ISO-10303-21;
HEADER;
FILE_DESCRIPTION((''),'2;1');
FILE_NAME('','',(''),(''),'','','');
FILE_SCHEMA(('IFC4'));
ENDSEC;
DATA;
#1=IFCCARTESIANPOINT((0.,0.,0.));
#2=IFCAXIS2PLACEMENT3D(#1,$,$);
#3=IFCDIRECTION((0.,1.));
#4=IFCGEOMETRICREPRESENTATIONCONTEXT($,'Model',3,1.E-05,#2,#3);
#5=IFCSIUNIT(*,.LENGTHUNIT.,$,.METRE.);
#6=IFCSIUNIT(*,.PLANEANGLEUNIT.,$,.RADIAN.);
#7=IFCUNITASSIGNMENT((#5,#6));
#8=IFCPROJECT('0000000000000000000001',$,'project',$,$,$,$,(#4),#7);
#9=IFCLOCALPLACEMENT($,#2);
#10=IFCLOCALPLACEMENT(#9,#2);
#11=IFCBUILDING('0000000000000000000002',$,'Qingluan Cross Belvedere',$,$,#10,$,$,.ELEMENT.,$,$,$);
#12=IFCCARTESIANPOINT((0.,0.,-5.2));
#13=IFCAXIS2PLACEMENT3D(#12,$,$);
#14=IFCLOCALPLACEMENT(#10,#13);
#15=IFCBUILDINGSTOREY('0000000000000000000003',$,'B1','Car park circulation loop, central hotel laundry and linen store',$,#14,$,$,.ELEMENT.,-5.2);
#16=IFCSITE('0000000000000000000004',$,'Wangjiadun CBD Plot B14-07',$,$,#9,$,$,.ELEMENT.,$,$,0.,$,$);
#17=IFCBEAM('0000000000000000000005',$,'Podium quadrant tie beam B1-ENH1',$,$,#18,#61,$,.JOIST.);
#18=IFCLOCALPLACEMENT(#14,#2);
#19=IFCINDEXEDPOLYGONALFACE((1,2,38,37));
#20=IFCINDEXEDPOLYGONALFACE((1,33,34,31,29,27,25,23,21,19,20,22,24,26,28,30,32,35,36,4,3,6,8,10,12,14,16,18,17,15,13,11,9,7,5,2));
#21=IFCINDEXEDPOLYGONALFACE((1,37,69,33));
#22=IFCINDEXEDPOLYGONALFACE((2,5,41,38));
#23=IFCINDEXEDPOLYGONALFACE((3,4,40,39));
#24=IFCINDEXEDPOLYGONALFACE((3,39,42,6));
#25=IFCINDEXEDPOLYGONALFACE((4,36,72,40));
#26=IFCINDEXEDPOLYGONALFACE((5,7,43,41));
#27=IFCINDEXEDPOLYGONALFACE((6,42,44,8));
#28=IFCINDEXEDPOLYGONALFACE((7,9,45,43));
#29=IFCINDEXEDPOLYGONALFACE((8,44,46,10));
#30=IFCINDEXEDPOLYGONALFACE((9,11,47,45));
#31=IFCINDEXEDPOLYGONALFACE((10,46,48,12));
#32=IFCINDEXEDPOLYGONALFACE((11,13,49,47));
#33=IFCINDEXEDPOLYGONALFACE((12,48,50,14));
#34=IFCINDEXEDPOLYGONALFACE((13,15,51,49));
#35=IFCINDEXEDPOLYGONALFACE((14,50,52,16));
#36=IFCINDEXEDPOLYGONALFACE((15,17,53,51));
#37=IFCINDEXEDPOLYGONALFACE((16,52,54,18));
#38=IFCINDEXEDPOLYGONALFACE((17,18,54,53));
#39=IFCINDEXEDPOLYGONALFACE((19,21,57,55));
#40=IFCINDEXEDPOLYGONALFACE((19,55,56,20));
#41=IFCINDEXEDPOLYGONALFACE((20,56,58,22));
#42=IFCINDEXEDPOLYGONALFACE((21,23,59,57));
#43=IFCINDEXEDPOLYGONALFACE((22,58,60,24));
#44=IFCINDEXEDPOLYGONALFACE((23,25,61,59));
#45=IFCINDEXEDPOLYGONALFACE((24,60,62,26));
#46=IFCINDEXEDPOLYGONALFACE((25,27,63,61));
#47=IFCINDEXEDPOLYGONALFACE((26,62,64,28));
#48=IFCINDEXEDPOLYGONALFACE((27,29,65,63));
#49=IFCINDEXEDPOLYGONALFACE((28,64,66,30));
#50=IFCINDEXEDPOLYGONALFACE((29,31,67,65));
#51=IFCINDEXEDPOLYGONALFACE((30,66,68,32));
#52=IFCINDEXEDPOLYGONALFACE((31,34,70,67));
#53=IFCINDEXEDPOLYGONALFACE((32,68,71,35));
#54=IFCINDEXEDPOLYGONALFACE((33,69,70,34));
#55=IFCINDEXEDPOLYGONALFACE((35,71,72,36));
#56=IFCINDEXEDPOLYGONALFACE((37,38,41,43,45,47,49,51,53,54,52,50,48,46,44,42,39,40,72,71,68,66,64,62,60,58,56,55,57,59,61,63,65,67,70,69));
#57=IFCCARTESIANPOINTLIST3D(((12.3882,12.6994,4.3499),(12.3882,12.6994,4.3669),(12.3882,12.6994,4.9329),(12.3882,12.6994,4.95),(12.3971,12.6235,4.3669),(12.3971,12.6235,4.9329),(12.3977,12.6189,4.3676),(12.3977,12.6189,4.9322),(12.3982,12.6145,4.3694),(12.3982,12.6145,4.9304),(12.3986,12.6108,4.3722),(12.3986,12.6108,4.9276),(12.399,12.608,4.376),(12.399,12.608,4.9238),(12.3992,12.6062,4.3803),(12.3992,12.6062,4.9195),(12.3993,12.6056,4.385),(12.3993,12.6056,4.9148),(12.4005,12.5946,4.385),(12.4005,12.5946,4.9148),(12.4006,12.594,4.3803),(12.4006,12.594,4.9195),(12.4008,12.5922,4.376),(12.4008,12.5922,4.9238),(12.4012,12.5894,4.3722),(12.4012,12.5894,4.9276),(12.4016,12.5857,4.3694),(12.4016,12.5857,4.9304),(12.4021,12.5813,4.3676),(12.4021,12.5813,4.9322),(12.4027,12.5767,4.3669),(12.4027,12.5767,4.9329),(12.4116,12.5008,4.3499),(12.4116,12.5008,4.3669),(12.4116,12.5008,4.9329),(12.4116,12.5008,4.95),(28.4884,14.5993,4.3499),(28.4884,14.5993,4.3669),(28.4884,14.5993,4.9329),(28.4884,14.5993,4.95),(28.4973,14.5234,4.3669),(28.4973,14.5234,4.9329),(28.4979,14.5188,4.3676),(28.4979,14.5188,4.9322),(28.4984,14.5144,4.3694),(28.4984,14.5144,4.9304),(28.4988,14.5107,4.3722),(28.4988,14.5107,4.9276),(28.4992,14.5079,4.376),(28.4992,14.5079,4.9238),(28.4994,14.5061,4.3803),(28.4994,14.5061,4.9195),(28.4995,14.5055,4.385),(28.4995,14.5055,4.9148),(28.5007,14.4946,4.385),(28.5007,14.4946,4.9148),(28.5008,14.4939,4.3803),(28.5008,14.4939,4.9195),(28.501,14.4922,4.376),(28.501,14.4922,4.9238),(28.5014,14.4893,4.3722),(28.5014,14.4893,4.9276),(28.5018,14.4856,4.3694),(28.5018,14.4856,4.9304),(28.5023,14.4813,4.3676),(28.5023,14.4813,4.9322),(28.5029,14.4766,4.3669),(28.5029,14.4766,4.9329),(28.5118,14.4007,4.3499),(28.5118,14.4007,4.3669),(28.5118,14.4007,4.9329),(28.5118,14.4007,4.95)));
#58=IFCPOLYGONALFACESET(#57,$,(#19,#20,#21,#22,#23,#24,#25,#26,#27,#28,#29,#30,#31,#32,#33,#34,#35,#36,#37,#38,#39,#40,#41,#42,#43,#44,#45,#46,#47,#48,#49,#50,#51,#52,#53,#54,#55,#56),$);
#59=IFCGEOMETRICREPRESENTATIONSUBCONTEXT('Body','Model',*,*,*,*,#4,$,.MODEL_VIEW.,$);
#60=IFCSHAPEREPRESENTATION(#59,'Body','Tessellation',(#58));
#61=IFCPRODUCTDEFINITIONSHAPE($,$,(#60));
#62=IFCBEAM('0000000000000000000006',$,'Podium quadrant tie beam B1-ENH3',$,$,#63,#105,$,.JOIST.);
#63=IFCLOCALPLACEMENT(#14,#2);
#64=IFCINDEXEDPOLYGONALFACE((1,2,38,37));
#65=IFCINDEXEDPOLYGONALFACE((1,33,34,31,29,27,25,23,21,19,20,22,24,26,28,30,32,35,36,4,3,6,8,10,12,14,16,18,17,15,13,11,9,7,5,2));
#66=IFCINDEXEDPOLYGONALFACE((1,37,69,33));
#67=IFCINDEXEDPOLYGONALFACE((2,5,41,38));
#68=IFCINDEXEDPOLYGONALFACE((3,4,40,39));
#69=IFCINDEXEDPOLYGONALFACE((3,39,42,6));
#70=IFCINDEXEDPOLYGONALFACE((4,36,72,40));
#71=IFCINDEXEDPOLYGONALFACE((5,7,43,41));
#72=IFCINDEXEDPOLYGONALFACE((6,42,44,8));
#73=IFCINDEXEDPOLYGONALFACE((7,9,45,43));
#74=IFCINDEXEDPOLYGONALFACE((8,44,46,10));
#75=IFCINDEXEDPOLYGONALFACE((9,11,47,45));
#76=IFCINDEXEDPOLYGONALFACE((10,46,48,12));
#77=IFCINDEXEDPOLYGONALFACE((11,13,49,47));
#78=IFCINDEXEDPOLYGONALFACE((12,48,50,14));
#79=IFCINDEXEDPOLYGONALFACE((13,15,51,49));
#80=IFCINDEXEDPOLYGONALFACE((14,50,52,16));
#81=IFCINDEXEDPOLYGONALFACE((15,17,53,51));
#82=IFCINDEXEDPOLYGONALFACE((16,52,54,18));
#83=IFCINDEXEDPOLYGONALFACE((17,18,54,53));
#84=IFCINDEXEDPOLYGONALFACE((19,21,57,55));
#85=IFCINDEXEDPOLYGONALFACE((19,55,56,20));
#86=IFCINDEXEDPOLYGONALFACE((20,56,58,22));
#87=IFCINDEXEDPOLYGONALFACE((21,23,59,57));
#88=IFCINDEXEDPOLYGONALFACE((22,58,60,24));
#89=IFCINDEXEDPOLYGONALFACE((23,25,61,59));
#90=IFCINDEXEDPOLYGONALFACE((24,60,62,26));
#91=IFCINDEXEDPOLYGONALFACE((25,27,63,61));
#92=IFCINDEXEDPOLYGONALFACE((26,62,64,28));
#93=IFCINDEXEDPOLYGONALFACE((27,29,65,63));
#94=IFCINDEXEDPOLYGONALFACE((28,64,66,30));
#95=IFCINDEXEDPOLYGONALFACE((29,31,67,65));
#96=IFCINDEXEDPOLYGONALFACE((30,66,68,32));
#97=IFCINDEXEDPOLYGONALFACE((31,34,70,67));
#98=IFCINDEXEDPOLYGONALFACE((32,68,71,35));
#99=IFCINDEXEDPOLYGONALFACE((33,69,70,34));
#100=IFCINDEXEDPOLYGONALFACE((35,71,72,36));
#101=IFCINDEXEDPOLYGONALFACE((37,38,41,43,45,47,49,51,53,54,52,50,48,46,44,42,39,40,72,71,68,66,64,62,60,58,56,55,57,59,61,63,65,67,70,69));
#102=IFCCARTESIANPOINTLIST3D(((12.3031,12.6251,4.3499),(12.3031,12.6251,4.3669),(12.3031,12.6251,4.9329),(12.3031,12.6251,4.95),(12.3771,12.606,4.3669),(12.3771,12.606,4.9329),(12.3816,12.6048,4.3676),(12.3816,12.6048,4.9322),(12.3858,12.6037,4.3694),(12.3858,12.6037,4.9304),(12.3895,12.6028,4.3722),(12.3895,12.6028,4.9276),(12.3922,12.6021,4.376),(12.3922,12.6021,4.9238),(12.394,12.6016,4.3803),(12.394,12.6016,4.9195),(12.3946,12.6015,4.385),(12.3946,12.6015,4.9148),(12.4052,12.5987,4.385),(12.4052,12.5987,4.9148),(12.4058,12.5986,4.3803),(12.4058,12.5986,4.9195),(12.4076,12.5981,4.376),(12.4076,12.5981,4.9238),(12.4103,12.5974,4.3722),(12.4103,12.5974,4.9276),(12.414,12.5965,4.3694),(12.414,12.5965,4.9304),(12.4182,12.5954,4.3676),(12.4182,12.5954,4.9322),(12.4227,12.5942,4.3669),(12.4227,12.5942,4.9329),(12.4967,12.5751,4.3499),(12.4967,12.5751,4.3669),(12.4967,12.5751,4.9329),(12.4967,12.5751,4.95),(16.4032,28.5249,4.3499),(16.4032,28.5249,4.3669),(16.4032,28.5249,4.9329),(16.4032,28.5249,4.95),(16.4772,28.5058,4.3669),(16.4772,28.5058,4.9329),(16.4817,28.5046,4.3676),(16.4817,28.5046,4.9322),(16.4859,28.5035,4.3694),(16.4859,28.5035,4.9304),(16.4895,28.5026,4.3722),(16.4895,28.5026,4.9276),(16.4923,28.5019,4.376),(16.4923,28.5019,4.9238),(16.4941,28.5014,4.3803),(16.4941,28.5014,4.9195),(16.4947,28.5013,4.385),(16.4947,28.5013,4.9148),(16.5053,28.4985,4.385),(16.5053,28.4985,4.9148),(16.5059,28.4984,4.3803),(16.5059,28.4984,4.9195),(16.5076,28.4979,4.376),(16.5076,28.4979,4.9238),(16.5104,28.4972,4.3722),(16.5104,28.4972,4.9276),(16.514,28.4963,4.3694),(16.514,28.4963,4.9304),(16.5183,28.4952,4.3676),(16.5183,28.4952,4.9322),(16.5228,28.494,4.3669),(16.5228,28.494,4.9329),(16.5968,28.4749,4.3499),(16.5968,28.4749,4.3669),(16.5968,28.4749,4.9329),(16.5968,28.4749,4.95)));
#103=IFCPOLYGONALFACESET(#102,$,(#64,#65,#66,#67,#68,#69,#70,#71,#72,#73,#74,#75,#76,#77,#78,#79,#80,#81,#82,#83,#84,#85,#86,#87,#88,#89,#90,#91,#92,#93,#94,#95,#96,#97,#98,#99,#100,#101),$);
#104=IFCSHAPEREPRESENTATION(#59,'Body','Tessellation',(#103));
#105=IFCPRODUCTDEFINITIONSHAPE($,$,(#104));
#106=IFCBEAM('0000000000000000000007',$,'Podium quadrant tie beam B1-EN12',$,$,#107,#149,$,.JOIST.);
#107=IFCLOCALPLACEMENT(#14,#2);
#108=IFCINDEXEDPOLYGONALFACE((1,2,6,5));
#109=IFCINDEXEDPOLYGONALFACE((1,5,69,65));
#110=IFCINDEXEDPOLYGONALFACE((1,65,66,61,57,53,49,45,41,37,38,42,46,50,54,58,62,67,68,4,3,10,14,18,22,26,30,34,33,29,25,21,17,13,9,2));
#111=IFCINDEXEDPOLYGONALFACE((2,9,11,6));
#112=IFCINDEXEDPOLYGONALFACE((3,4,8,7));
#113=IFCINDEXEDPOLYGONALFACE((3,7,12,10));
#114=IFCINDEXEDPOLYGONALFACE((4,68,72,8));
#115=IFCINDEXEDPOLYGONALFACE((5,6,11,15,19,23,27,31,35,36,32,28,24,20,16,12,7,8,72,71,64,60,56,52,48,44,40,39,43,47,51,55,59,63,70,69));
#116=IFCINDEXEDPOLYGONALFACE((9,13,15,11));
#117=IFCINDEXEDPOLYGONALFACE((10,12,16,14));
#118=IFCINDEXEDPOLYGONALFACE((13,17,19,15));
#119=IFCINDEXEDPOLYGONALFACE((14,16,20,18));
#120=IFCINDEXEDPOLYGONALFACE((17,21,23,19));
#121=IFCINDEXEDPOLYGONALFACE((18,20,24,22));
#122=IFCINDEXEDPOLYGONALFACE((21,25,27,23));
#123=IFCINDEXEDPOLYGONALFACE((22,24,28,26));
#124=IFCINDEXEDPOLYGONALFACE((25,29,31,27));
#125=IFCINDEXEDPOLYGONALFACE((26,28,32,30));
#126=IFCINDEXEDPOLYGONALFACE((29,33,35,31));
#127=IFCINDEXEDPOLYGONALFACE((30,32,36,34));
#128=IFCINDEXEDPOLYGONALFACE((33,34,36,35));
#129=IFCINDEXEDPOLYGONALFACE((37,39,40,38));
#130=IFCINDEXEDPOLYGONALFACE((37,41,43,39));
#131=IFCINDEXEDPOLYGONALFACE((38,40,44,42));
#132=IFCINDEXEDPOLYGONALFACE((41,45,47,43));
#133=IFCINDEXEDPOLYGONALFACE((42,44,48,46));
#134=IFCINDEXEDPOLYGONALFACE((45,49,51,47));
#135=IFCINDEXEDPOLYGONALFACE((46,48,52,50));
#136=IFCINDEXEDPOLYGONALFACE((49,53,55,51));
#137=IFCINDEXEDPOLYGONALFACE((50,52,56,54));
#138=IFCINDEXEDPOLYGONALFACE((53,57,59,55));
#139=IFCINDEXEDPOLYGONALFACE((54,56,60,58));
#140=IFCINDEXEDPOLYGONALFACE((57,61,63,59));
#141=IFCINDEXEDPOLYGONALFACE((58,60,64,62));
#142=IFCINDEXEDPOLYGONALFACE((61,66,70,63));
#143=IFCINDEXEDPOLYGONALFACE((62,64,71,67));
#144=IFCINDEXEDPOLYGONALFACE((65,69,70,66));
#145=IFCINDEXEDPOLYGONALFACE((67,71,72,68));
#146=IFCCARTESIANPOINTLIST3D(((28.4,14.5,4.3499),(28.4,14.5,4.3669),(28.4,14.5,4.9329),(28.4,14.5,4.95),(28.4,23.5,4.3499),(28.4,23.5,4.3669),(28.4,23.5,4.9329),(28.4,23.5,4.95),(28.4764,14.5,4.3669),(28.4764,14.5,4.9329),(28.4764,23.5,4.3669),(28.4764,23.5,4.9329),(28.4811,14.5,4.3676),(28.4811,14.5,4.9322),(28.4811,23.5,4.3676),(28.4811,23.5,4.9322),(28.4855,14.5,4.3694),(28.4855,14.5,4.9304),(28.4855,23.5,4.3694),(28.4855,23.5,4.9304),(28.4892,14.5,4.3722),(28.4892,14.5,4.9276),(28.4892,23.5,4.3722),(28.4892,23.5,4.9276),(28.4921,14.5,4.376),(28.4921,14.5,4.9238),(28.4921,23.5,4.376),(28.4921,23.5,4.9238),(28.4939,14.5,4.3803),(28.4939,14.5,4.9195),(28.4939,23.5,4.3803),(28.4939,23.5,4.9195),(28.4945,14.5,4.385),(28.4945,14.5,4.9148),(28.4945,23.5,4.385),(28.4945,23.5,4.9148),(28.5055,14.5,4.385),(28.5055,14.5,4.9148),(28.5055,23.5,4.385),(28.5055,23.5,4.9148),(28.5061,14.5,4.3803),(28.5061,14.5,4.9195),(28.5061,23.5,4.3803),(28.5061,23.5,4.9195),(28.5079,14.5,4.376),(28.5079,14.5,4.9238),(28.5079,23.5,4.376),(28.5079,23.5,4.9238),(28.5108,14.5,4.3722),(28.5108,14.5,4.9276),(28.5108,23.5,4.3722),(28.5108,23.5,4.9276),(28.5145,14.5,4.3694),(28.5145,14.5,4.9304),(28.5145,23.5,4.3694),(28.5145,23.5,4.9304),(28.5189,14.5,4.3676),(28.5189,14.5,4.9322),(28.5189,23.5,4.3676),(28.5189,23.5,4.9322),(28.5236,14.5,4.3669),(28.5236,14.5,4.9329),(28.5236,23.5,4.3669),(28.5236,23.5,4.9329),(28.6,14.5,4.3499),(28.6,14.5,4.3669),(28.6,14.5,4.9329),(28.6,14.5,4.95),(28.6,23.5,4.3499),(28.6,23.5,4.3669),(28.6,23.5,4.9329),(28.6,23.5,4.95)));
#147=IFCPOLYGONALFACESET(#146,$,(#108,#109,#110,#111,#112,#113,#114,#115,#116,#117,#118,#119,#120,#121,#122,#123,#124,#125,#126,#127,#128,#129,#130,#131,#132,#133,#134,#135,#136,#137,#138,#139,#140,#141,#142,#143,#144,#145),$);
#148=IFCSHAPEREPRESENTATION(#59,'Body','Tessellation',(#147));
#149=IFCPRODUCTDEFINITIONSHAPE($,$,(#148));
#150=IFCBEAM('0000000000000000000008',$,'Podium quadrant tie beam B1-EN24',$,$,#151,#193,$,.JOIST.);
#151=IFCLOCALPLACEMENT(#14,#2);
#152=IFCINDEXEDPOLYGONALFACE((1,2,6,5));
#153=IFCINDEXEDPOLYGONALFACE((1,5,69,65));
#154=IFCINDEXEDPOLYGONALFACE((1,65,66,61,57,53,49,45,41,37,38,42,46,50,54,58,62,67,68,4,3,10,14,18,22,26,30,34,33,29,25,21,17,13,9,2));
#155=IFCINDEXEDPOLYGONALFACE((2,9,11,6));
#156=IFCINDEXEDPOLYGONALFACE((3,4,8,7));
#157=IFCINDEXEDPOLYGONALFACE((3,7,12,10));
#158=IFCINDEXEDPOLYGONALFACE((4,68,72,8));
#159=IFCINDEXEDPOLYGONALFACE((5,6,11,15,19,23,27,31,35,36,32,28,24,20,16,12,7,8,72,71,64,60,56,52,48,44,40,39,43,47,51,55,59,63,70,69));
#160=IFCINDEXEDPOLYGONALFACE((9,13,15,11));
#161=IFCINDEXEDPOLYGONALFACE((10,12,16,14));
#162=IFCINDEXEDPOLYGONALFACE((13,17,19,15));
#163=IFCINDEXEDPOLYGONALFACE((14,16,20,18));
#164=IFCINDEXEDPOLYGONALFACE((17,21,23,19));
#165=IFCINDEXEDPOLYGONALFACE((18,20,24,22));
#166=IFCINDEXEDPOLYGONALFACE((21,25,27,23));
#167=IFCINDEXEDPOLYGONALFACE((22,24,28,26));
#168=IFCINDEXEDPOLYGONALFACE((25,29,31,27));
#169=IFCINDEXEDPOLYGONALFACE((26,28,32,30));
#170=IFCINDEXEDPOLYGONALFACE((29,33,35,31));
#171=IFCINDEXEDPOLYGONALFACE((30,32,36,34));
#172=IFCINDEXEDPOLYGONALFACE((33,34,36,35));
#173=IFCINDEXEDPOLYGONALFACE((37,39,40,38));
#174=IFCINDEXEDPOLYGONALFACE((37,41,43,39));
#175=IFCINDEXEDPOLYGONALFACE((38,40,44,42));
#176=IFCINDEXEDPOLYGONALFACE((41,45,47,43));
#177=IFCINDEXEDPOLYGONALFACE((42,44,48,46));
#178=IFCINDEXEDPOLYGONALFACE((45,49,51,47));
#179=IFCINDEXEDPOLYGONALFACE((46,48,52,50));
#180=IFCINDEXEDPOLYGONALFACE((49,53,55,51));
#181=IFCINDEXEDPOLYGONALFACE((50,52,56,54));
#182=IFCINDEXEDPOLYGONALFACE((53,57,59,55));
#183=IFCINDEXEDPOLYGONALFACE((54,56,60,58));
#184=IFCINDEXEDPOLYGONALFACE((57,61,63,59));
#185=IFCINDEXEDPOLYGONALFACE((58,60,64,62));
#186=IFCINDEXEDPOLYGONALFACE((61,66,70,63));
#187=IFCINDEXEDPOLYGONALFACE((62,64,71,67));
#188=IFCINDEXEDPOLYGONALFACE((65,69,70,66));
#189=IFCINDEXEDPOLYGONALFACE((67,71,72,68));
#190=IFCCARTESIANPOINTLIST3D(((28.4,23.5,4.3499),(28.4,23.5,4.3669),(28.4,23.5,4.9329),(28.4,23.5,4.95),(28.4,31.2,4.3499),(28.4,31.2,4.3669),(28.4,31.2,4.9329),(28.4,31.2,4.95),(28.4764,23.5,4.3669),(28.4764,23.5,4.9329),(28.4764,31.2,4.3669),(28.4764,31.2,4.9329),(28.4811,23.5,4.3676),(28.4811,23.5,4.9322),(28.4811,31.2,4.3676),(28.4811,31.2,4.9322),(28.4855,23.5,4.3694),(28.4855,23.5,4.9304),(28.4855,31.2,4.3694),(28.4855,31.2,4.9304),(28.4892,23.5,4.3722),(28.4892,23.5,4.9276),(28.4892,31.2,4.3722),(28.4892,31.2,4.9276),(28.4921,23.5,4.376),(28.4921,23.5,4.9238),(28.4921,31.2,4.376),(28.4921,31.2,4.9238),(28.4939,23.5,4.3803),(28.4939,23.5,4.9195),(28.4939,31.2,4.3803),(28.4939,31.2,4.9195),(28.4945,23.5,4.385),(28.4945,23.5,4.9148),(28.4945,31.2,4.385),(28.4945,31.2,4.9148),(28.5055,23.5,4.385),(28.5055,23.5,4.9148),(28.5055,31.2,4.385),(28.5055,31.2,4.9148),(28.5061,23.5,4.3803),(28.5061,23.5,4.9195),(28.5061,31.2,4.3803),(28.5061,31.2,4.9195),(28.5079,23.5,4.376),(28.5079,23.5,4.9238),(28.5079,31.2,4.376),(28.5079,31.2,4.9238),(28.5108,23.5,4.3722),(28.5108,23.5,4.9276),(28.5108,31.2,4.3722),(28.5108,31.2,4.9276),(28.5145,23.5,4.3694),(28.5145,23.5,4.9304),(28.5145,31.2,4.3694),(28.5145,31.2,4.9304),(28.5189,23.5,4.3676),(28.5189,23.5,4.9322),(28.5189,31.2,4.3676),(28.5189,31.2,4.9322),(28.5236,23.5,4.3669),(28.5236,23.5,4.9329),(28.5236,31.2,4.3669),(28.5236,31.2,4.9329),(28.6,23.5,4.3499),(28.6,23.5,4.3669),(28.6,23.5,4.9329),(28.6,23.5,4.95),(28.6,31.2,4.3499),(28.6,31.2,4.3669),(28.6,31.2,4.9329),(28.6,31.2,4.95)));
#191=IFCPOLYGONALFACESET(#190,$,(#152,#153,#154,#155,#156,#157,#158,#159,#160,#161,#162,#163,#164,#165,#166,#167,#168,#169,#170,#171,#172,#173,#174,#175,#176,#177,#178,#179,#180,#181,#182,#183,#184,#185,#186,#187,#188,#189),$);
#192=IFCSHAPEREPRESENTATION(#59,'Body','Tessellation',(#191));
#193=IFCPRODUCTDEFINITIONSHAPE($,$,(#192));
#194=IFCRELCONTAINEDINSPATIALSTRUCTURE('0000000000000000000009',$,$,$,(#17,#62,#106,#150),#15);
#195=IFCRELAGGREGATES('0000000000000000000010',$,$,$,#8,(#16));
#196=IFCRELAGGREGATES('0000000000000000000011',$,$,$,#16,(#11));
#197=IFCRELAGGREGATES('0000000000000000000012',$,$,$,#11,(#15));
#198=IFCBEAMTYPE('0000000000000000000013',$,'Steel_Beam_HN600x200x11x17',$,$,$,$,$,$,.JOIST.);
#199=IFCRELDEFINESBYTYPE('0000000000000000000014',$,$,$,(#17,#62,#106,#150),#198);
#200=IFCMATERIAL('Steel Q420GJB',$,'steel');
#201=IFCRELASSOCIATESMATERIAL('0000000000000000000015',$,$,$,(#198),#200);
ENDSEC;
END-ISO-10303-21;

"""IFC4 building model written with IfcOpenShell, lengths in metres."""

from ifc_helpers import new_model, si_unit, direction, frame, origin, origin_2d, place, context, subcontext, project, spatial, i_section, extrude, material, material_profile, profile_set, type_object, element, save


model = new_model("IFC4")

# Units and contexts
model_context = context("Model", 3, precision=1e-05, world=origin(), true_north=direction((0.0, 1.0)))
body_context = subcontext(model_context, "Body", "Model", "MODEL_VIEW")
ifc_project = project(units=[si_unit("LENGTHUNIT", "METRE"), si_unit("PLANEANGLEUNIT", "RADIAN")], contexts=[model_context])

# Site, building, storey
site_placement = place(None, origin())
site = spatial("IfcSite", under=ifc_project, at=site_placement, Name="Wangjiadun CBD Plot B14-07", CompositionType="ELEMENT", RefElevation=0.0)
building_placement = place(site_placement, origin())
building = spatial("IfcBuilding", under=site, at=building_placement, Name="Qingluan Cross Belvedere", CompositionType="ELEMENT")
storey_placement = place(building_placement, frame((0.0, 0.0, -5.2)))
storey = spatial("IfcBuildingStorey", under=building, at=storey_placement, Name="B1", Description="Car park circulation loop, central hotel laundry and linen store", CompositionType="ELEMENT", Elevation=-5.2)

# Beams
ifc_material_1 = material(Name="Steel Q420GJB", Category="steel")
ifc_material_profile_1 = material_profile(ifc_material_1, i_section(OverallWidth=0.2, OverallDepth=0.6001, WebThickness=0.011, FlangeThickness=0.0171, FilletRadius=0.0181, at=origin_2d()), Name="HN600x200x11x17")
ifc_profile_set_1 = profile_set([ifc_material_profile_1], Name="Steel Q420GJB")
beam_type_1 = type_object("IfcBeamType", Name="Steel_Beam_HN600x200x11x17", PredefinedType="JOIST", material=ifc_profile_set_1)
beam_1_placement = place(storey_placement, frame((12.3999, 12.6001, 4.6499), z_axis=(0.993109, 0.117192, 0.0), x_axis=(-0.117192, 0.993109, 0.0)))
element("IfcBeam", 1, at=beam_1_placement, inside=storey, type_object=beam_type_1, Name="Podium quadrant tie beam B1-ENH1", PredefinedType="JOIST", context=body_context, shape_type="SweptSolid", body=[
    extrude(i_section(OverallWidth=0.2, OverallDepth=0.6001, WebThickness=0.011, FlangeThickness=0.0171, FilletRadius=0.0181, at=origin_2d()), origin(), (0.0, 0.0, 1.0), 16.2119),
])
beam_2_placement = place(storey_placement, frame((12.3999, 12.6001, 4.6499), z_axis=(0.249701, 0.968323, 0.0), x_axis=(-0.968323, 0.249701, 0.0)))
element("IfcBeam", 2, at=beam_2_placement, inside=storey, type_object=beam_type_1, Name="Podium quadrant tie beam B1-ENH3", PredefinedType="JOIST", context=body_context, shape_type="SweptSolid", body=[
    extrude(i_section(OverallWidth=0.2, OverallDepth=0.6001, WebThickness=0.011, FlangeThickness=0.0171, FilletRadius=0.0181, at=origin_2d()), origin(), (0.0, 0.0, 1.0), 16.4199),
])
beam_3_placement = place(storey_placement, frame((28.5, 14.5, 4.6499), z_axis=(0.0, 1.0, 0.0), x_axis=(-1.0, 0.0, 0.0)))
element("IfcBeam", 3, at=beam_3_placement, inside=storey, type_object=beam_type_1, Name="Podium quadrant tie beam B1-EN12", PredefinedType="JOIST", context=body_context, shape_type="SweptSolid", body=[
    extrude(i_section(OverallWidth=0.2, OverallDepth=0.6001, WebThickness=0.011, FlangeThickness=0.0171, FilletRadius=0.0181, at=origin_2d()), origin(), (0.0, 0.0, 1.0), 9.0),
])
beam_4_placement = place(storey_placement, frame((28.5, 23.5, 4.6499), z_axis=(0.0, 1.0, 0.0), x_axis=(-1.0, 0.0, 0.0)))
element("IfcBeam", 4, at=beam_4_placement, inside=storey, type_object=beam_type_1, Name="Podium quadrant tie beam B1-EN24", PredefinedType="JOIST", context=body_context, shape_type="SweptSolid", body=[
    extrude(i_section(OverallWidth=0.2, OverallDepth=0.6001, WebThickness=0.011, FlangeThickness=0.0171, FilletRadius=0.0181, at=origin_2d()), origin(), (0.0, 0.0, 1.0), 7.7),
])

save(model, "model.ifc")
